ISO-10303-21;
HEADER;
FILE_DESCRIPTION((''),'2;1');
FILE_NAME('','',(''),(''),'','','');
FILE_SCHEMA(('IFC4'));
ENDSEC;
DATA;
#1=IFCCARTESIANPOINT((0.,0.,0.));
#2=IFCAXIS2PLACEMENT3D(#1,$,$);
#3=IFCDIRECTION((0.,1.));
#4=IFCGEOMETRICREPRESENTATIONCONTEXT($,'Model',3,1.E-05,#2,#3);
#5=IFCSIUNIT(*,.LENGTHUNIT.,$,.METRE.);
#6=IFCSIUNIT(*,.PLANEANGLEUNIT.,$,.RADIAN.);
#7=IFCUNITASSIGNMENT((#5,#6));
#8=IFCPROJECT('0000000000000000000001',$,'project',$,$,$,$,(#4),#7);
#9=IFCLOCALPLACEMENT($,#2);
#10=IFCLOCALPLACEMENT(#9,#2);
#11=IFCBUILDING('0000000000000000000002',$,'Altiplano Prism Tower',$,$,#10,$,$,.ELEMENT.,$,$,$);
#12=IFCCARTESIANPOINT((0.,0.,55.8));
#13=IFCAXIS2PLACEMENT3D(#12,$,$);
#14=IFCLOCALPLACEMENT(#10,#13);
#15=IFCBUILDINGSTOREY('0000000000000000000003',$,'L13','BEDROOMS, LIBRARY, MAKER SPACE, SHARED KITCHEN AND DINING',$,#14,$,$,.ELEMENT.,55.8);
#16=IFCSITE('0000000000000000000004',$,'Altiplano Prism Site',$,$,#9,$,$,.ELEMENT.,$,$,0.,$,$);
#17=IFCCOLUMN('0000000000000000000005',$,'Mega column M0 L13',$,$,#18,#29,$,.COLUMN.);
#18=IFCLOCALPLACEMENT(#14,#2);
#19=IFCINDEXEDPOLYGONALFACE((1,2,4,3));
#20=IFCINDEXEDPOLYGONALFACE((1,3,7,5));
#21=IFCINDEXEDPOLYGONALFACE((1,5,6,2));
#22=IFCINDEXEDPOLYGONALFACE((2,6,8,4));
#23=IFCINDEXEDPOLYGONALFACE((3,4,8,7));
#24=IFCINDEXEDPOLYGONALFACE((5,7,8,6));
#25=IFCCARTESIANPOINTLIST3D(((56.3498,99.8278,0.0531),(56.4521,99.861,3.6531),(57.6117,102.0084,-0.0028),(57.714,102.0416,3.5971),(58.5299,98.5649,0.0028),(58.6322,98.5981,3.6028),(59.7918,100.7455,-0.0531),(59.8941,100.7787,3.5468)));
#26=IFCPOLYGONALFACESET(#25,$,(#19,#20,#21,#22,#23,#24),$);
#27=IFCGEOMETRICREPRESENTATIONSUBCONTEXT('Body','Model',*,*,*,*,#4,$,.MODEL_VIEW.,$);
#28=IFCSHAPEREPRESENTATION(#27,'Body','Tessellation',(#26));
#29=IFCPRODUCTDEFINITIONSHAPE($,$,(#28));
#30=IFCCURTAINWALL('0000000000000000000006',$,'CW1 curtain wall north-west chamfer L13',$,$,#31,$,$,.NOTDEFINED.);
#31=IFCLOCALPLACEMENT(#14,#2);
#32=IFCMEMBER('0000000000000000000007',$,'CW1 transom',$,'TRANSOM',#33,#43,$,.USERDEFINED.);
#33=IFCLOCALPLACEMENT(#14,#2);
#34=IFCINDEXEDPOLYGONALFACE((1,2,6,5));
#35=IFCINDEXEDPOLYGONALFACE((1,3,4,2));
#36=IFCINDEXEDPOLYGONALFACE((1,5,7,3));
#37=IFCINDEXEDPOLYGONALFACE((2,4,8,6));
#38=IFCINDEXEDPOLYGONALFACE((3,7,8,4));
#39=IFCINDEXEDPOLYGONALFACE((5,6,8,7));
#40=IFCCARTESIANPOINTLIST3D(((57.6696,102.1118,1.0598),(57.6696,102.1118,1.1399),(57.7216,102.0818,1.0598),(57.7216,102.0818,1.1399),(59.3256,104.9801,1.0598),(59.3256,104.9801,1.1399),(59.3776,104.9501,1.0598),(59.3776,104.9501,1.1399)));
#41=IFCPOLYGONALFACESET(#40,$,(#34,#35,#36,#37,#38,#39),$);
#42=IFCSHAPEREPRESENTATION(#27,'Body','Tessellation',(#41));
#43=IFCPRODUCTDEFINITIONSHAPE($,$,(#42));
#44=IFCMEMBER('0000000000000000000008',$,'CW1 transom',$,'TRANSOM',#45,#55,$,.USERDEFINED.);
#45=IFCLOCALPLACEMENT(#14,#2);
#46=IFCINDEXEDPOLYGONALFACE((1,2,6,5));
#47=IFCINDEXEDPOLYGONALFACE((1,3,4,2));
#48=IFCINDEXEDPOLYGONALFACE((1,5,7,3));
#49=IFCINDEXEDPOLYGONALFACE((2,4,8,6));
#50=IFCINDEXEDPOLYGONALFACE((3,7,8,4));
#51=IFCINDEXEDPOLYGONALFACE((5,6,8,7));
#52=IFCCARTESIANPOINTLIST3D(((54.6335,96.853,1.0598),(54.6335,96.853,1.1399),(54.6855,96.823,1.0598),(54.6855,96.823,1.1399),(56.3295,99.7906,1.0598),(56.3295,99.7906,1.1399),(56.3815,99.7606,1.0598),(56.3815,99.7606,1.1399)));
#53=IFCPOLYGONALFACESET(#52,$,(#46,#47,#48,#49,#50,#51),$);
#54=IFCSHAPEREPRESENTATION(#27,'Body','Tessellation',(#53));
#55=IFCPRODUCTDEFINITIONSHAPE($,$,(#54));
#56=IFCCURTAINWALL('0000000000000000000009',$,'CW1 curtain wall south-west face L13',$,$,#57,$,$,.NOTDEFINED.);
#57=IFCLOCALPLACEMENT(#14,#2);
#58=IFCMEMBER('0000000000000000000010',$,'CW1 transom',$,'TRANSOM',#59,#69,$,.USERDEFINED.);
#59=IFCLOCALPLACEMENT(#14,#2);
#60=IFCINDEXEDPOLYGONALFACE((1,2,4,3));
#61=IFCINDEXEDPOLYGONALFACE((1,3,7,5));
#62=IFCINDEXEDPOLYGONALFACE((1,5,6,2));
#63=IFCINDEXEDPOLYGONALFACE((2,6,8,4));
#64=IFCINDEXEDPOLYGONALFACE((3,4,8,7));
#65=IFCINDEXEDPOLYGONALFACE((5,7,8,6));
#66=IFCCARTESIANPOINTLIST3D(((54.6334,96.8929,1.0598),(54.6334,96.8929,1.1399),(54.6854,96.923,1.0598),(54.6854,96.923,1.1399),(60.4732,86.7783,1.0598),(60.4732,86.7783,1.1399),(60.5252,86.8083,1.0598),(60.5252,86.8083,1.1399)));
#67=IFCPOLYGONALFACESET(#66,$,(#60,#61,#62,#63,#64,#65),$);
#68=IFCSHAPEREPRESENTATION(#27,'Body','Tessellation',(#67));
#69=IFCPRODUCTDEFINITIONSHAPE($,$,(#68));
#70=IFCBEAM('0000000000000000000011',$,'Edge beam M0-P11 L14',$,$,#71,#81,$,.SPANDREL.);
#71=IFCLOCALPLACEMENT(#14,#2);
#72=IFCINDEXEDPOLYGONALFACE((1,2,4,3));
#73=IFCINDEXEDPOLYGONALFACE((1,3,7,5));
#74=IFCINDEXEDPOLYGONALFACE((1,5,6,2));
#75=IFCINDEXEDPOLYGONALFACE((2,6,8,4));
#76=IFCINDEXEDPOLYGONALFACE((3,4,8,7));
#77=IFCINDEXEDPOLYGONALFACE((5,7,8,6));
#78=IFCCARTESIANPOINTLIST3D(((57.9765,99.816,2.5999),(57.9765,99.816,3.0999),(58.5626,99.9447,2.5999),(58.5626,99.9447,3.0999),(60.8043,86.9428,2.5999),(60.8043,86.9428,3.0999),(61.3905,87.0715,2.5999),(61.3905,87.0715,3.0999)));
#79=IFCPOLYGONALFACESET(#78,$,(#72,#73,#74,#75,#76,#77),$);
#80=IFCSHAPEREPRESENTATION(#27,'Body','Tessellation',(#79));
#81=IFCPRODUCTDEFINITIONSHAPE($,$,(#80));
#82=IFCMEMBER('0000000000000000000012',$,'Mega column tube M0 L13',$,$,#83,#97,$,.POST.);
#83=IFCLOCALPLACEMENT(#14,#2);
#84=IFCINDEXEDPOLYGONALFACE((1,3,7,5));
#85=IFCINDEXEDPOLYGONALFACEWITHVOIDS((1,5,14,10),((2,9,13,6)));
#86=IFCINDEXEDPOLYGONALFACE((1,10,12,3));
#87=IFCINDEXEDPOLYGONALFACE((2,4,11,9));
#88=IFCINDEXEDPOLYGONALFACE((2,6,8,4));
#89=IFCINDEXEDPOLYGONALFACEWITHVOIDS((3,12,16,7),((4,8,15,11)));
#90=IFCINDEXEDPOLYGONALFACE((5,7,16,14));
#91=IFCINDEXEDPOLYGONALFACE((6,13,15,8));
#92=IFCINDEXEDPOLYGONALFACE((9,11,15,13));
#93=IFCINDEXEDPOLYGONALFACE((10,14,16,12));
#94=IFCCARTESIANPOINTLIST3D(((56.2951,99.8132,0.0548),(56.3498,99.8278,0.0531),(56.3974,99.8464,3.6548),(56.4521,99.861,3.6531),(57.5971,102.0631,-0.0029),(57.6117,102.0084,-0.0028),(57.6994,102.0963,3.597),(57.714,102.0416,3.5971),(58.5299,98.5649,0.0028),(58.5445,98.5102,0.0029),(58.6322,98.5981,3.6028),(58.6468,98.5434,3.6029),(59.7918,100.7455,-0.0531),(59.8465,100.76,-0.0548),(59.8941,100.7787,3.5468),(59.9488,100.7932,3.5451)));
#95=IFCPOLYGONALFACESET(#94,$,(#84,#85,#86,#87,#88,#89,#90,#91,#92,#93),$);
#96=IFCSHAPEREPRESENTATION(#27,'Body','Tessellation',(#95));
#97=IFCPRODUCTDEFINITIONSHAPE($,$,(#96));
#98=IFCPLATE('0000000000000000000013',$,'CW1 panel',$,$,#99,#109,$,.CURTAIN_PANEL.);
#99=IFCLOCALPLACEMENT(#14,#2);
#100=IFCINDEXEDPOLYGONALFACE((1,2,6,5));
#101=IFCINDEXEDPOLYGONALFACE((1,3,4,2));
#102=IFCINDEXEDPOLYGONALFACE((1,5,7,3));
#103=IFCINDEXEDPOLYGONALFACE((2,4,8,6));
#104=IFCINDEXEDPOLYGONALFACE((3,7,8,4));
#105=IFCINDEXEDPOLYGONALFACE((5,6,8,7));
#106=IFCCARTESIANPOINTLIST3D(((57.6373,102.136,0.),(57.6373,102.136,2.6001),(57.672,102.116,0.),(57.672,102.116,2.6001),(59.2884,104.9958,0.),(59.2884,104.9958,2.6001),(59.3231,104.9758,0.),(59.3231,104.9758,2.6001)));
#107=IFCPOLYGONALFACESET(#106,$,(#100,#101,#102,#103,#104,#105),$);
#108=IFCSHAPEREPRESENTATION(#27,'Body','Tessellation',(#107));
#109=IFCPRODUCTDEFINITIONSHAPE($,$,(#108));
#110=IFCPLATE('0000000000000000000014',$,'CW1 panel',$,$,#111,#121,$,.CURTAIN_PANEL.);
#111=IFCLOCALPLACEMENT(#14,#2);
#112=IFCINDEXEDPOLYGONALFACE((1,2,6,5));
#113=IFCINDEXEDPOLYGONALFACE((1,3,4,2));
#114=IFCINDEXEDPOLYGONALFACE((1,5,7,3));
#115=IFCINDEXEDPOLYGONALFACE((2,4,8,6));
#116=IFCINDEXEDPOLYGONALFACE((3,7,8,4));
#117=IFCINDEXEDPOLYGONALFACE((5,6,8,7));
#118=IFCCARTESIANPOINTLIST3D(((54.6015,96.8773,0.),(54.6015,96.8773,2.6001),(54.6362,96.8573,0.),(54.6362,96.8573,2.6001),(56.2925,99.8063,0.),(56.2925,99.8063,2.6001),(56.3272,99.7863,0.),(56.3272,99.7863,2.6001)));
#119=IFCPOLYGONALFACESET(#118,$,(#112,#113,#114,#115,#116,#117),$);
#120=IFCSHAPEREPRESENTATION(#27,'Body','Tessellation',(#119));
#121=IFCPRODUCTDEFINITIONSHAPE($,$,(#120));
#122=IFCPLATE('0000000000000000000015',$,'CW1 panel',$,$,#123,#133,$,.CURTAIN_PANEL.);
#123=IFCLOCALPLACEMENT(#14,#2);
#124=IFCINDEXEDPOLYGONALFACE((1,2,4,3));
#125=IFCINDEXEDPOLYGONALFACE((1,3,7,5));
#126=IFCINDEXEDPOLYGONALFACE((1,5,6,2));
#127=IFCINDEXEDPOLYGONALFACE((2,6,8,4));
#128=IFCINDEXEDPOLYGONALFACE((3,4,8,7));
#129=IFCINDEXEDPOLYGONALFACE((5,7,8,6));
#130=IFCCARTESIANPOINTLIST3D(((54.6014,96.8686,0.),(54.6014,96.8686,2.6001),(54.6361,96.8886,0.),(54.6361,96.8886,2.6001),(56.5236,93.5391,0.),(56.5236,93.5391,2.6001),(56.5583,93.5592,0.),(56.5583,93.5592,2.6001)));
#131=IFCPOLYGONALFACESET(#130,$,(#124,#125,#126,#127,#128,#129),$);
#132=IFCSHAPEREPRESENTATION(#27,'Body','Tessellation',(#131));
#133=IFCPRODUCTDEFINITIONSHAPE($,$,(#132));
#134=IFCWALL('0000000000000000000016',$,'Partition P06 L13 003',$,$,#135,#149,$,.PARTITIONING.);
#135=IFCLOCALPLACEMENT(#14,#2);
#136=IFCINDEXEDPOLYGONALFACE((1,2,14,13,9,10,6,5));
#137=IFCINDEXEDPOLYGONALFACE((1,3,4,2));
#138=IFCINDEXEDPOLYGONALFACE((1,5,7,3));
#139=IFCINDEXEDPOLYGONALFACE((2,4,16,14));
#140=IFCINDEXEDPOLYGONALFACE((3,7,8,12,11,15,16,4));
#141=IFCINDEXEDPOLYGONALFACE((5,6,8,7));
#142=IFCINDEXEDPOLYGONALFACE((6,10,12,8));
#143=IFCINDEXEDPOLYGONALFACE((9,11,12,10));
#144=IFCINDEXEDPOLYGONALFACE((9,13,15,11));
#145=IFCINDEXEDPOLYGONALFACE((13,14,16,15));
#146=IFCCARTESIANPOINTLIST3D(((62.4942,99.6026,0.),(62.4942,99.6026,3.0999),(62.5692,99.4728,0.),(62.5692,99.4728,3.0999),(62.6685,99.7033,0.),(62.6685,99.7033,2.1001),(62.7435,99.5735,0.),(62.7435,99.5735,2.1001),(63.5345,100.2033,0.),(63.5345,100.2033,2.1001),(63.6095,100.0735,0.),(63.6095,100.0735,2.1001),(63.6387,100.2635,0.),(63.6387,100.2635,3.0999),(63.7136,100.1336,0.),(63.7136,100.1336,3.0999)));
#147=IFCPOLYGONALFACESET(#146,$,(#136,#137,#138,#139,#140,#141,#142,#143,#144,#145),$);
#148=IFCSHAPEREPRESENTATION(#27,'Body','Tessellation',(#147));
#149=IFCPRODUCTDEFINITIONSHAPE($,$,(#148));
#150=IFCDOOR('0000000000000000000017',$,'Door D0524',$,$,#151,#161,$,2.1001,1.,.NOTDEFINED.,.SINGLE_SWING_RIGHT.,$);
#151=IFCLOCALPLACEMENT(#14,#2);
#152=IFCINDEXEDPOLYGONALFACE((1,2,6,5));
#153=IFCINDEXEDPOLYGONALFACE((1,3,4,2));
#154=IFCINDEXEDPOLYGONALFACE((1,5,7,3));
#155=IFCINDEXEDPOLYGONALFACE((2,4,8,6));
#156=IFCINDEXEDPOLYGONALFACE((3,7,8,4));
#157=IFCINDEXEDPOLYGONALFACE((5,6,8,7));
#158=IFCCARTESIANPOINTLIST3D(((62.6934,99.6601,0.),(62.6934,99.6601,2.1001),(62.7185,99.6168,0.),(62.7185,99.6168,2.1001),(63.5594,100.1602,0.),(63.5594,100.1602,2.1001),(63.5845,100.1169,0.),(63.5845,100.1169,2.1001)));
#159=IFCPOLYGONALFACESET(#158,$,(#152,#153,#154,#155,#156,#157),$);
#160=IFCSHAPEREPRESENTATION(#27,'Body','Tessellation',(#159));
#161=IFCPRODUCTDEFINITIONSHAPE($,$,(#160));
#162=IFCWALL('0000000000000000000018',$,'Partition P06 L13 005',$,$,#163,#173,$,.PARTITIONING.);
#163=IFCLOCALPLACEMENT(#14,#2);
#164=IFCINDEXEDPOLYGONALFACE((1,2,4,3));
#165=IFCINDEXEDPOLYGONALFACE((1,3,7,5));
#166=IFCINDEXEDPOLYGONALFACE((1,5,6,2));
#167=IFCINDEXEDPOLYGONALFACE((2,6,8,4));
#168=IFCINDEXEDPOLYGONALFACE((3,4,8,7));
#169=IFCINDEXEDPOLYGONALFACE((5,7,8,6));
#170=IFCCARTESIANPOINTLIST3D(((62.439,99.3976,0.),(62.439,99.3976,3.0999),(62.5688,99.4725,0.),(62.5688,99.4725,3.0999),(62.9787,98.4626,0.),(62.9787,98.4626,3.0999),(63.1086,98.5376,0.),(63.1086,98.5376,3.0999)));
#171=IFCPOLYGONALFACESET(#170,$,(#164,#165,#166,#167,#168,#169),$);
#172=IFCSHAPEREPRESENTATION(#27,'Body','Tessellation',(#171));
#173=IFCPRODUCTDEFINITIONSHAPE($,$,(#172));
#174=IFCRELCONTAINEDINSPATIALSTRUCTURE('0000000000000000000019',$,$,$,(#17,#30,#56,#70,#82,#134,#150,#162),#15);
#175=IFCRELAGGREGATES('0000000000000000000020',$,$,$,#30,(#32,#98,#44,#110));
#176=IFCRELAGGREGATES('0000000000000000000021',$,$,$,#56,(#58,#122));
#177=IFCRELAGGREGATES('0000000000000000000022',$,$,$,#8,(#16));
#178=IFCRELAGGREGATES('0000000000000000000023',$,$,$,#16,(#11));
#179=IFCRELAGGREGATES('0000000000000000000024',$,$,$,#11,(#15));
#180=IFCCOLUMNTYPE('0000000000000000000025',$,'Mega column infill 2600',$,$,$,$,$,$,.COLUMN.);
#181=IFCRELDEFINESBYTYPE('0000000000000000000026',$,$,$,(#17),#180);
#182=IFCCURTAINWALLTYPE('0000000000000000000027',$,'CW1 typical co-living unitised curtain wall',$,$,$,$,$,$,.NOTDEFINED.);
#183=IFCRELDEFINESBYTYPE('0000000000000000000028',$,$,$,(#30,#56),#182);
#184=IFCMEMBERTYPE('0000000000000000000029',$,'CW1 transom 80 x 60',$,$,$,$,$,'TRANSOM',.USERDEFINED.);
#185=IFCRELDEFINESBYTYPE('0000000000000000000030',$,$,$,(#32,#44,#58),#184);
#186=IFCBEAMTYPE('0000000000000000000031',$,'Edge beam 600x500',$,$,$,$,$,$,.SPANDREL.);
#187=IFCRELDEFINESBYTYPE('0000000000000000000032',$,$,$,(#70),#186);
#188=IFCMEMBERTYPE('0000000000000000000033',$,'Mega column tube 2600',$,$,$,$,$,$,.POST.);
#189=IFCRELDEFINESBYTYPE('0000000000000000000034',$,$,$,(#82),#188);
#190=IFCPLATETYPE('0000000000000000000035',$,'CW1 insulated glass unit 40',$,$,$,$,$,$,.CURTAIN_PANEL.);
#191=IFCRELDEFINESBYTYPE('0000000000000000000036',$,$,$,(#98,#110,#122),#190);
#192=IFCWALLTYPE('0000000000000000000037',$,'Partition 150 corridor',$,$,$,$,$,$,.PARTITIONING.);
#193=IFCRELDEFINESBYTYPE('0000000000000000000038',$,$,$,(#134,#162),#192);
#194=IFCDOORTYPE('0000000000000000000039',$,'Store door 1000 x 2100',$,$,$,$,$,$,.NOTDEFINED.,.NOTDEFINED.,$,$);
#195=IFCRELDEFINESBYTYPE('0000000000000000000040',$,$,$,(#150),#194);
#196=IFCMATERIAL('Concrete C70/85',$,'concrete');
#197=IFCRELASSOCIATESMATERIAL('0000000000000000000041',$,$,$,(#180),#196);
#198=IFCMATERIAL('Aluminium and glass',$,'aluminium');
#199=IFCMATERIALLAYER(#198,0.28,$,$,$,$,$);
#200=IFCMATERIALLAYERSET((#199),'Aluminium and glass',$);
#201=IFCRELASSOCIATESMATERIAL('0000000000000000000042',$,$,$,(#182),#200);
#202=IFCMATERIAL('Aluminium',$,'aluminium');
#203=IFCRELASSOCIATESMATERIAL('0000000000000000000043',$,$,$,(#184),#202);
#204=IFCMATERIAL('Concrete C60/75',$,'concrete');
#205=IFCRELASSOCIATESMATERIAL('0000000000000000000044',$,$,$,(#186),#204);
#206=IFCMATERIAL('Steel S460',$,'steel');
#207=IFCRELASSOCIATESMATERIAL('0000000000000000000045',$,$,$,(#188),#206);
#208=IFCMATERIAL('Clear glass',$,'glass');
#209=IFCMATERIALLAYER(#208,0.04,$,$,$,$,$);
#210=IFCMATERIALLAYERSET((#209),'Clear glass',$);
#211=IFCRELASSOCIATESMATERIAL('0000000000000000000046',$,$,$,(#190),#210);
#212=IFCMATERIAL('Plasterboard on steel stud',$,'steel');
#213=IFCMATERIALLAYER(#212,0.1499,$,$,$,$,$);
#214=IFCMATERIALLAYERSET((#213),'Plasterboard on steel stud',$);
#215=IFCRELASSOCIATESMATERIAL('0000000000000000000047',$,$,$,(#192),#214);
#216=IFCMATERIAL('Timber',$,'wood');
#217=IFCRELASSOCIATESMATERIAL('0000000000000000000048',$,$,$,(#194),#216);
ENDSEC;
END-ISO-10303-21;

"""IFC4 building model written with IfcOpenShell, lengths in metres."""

from ifc_helpers import new_model, si_unit, direction, frame, frame_2d, origin, origin_2d, place, context, subcontext, project, spatial, rectangle, hollow_rectangle, extrude, material, layer, layer_set, material_profile, profile_set, type_object, element, fill, aggregate, save


model = new_model("IFC4")

# Units and contexts
model_context = context("Model", 3, precision=1e-05, world=origin(), true_north=direction((0.0, 1.0)))
body_context = subcontext(model_context, "Body", "Model", "MODEL_VIEW")
ifc_project = project(units=[si_unit("LENGTHUNIT", "METRE"), si_unit("PLANEANGLEUNIT", "RADIAN")], contexts=[model_context])

# Site, building, storey
site_placement = place(None, origin())
site = spatial("IfcSite", under=ifc_project, at=site_placement, Name="Altiplano Prism Site", CompositionType="ELEMENT", RefElevation=0.0)
building_placement = place(site_placement, origin())
building = spatial("IfcBuilding", under=site, at=building_placement, Name="Altiplano Prism Tower", CompositionType="ELEMENT")
storey_placement = place(building_placement, frame((0.0, 0.0, 55.8)))
storey = spatial("IfcBuildingStorey", under=building, at=storey_placement, Name="L13", Description="BEDROOMS, LIBRARY, MAKER SPACE, SHARED KITCHEN AND DINING", CompositionType="ELEMENT", Elevation=55.8)

# Column
ifc_material_1 = material(Name="Concrete C70/85", Category="concrete")
ifc_material_profile_1 = material_profile(ifc_material_1, rectangle(XDim=2.52, YDim=2.52, at=origin_2d()), Name="Mega column infill 2600")
ifc_profile_set_1 = profile_set([ifc_material_profile_1], Name="Concrete C70/85")
column_type = type_object("IfcColumnType", Name="Mega column infill 2600", PredefinedType="COLUMN", material=ifc_profile_set_1)
column_placement = place(storey_placement, frame((58.0708, 100.2866, 0.0), z_axis=(0.028404, 0.009219, 0.999554), x_axis=(-0.865127, 0.501155, 0.019961)))
element("IfcColumn", 1, at=column_placement, inside=storey, type_object=column_type, Name="Mega column M0 L13", PredefinedType="COLUMN", context=body_context, shape_type="SweptSolid", body=[
    extrude(rectangle(XDim=2.52, YDim=2.52, at=origin_2d()), origin(), (0.0, 0.0, 1.0), 3.6016),
])

# Curtain wall, members
ifc_material_2 = material(Name="Aluminium and glass", Category="aluminium")
ifc_layer_1 = layer(ifc_material_2, 0.28)
ifc_layer_set_1 = layer_set([ifc_layer_1], Name="Aluminium and glass")
curtain_wall_type = type_object("IfcCurtainWallType", Name="CW1 typical co-living unitised curtain wall", PredefinedType="NOTDEFINED", material=ifc_layer_set_1)
curtain_wall_1_placement = place(storey_placement, origin())
curtain_wall_1 = element("IfcCurtainWall", 2, at=curtain_wall_1_placement, inside=storey, type_object=curtain_wall_type, Name="CW1 curtain wall north-west chamfer L13", PredefinedType="NOTDEFINED")
ifc_material_3 = material(Name="Aluminium", Category="aluminium")
ifc_material_profile_2 = material_profile(ifc_material_3, rectangle(XDim=0.0601, YDim=0.0801, at=origin_2d()), Name="CW1 transom 80 x 60")
ifc_profile_set_2 = profile_set([ifc_material_profile_2], Name="Aluminium")
member_type_1 = type_object("IfcMemberType", Name="CW1 transom 80 x 60", ElementType="TRANSOM", PredefinedType="USERDEFINED", material=ifc_profile_set_2)
member_1_placement = place(storey_placement, frame((59.3516, 104.9651, 1.0999), z_axis=(-0.499984, -0.866035, 0.0), x_axis=(0.866035, -0.499984, 0.0)))
member_1 = element("IfcMember", 3, at=member_1_placement, type_object=member_type_1, Name="CW1 transom", ObjectType="TRANSOM", PredefinedType="USERDEFINED", context=body_context, shape_type="SweptSolid", body=[
    extrude(rectangle(XDim=0.0601, YDim=0.0801, at=origin_2d()), origin(), (0.0, 0.0, 1.0), 3.312),
])
member_2_placement = place(storey_placement, frame((56.3555, 99.7756, 1.0999), z_axis=(-0.499986, -0.866033, 0.0), x_axis=(0.866033, -0.499986, 0.0)))
member_2 = element("IfcMember", 4, at=member_2_placement, type_object=member_type_1, Name="CW1 transom", ObjectType="TRANSOM", PredefinedType="USERDEFINED", context=body_context, shape_type="SweptSolid", body=[
    extrude(rectangle(XDim=0.0601, YDim=0.0801, at=origin_2d()), origin(), (0.0, 0.0, 1.0), 3.3921),
])

# Curtain wall, member
curtain_wall_2_placement = place(storey_placement, origin())
curtain_wall_2 = element("IfcCurtainWall", 5, at=curtain_wall_2_placement, inside=storey, type_object=curtain_wall_type, Name="CW1 curtain wall south-west face L13", PredefinedType="NOTDEFINED")
member_3_placement = place(storey_placement, frame((54.6594, 96.908, 1.0999), z_axis=(0.500006, -0.866022, 0.0), x_axis=(0.866022, 0.500006, 0.0)))
member_3 = element("IfcMember", 6, at=member_3_placement, type_object=member_type_1, Name="CW1 transom", ObjectType="TRANSOM", PredefinedType="USERDEFINED", context=body_context, shape_type="SweptSolid", body=[
    extrude(rectangle(XDim=0.0601, YDim=0.0801, at=origin_2d()), origin(), (0.0, 0.0, 1.0), 11.6794),
])

# Beam
ifc_material_4 = material(Name="Concrete C60/75", Category="concrete")
ifc_material_profile_3 = material_profile(ifc_material_4, rectangle(XDim=0.6001, YDim=0.5, at=origin_2d()), Name="Edge beam 600x500")
ifc_profile_set_3 = profile_set([ifc_material_profile_3], Name="Concrete C60/75")
beam_type = type_object("IfcBeamType", Name="Edge beam 600x500", PredefinedType="SPANDREL", material=ifc_profile_set_3)
beam_placement = place(storey_placement, frame((58.2695, 99.8804, 2.8499), z_axis=(0.214555, -0.976712, 0.0), x_axis=(0.976712, 0.214555, 0.0)))
element("IfcBeam", 7, at=beam_placement, inside=storey, type_object=beam_type, Name="Edge beam M0-P11 L14", PredefinedType="SPANDREL", context=body_context, shape_type="SweptSolid", body=[
    extrude(rectangle(XDim=0.6001, YDim=0.5, at=origin_2d()), origin(), (0.0, 0.0, 1.0), 13.1802),
])

# Member
ifc_material_5 = material(Name="Steel S460", Category="steel")
ifc_material_profile_4 = material_profile(ifc_material_5, hollow_rectangle(XDim=2.6001, YDim=2.6001, WallThickness=0.04, at=origin_2d()), Name="Mega column tube 2600")
ifc_profile_set_4 = profile_set([ifc_material_profile_4], Name="Steel S460")
member_type_2 = type_object("IfcMemberType", Name="Mega column tube 2600", PredefinedType="POST", material=ifc_profile_set_4)
member_4_placement = place(storey_placement, frame((58.0708, 100.2866, 0.0), z_axis=(0.028404, 0.009219, 0.999554), x_axis=(-0.865127, 0.501155, 0.019961)))
element("IfcMember", 8, at=member_4_placement, inside=storey, type_object=member_type_2, Name="Mega column tube M0 L13", PredefinedType="POST", context=body_context, shape_type="SweptSolid", body=[
    extrude(hollow_rectangle(XDim=2.6001, YDim=2.6001, WallThickness=0.04, at=origin_2d()), origin(), (0.0, 0.0, 1.0), 3.6016),
])

# Plates
ifc_material_6 = material(Name="Clear glass", Category="glass")
ifc_layer_2 = layer(ifc_material_6, 0.04)
ifc_layer_set_2 = layer_set([ifc_layer_2], Name="Clear glass")
plate_type = type_object("IfcPlateType", Name="CW1 insulated glass unit 40", PredefinedType="CURTAIN_PANEL", material=ifc_layer_set_2)
plate_1_placement = place(storey_placement, frame((58.4802, 103.5559, 0.0), z_axis=(0.0, 0.0, 1.0), x_axis=(-0.5, -0.866025, 0.0)))
plate_1 = element("IfcPlate", 9, at=plate_1_placement, type_object=plate_type, Name="CW1 panel", PredefinedType="CURTAIN_PANEL", context=body_context, shape_type="SweptSolid", body=[
    extrude(rectangle(XDim=3.3022, YDim=0.04, at=origin_2d()), origin(), (0.0, 0.0, 1.0), 2.6001),
])
plate_2_placement = place(storey_placement, frame((55.4644, 98.3318, 0.0), z_axis=(0.0, 0.0, 1.0), x_axis=(-0.5, -0.866025, 0.0)))
plate_2 = element("IfcPlate", 10, at=plate_2_placement, type_object=plate_type, Name="CW1 panel", PredefinedType="CURTAIN_PANEL", context=body_context, shape_type="SweptSolid", body=[
    extrude(rectangle(XDim=3.3821, YDim=0.04, at=origin_2d()), origin(), (0.0, 0.0, 1.0), 2.6001),
])
aggregate(curtain_wall_1, [member_1, plate_1, member_2, plate_2])
plate_3_placement = place(storey_placement, frame((55.5798, 95.2139, 0.0), z_axis=(0.0, 0.0, 1.0), x_axis=(0.5, -0.866025, 0.0)))
plate_3 = element("IfcPlate", 11, at=plate_3_placement, type_object=plate_type, Name="CW1 panel", PredefinedType="CURTAIN_PANEL", context=body_context, shape_type="SweptSolid", body=[
    extrude(rectangle(XDim=3.8445, YDim=0.04, at=origin_2d()), origin(), (0.0, 0.0, 1.0), 2.6001),
])
aggregate(curtain_wall_2, [member_3, plate_3])

# Wall, opening, door
ifc_material_7 = material(Name="Plasterboard on steel stud", Category="steel")
ifc_layer_3 = layer(ifc_material_7, 0.1499)
ifc_layer_set_3 = layer_set([ifc_layer_3], Name="Plasterboard on steel stud")
wall_type_1 = type_object("IfcWallType", Name="Partition 150 corridor", PredefinedType="PARTITIONING", material=ifc_layer_set_3)
wall_1_placement = place(storey_placement, frame((63.676, 100.1985, 0.0), z_axis=(0.0, 0.0, 1.0), x_axis=(-0.865995, -0.500053, 0.0)))
wall_1 = element("IfcWall", 12, at=wall_1_placement, inside=storey, type_object=wall_type_1, Name="Partition P06 L13 003", PredefinedType="PARTITIONING", context=body_context, shape_type="SweptSolid", body=[
    extrude(rectangle(XDim=1.3215, YDim=0.1499, at=frame_2d((0.6606, 0.0))), origin(), (0.0, 0.0, 1.0), 3.0999),
])
opening_1_placement = place(wall_1_placement, frame((0.1201, 0.0, 0.0)))
opening_1 = element("IfcOpeningElement", 13, at=opening_1_placement, cuts=wall_1, PredefinedType="OPENING", context=body_context, shape_type="SweptSolid", body=[
    extrude(rectangle(XDim=1.0, YDim=2.1001, at=frame_2d((0.5, 1.05))), frame((0.0, 0.0854, 0.0), z_axis=(0.0, -1.0, 0.0), x_axis=(1.0, 0.0, 0.0)), (0.0, 0.0, 1.0), 0.1709),
])
ifc_material_8 = material(Name="Timber", Category="wood")
door_type_1 = type_object("IfcDoorType", Name="Store door 1000 x 2100", OperationType="NOTDEFINED", PredefinedType="NOTDEFINED", material=ifc_material_8)
door_1_placement = place(opening_1_placement, origin())
door_1 = element("IfcDoor", 14, at=door_1_placement, inside=storey, type_object=door_type_1, Name="Door D0524", OperationType="SINGLE_SWING_RIGHT", OverallHeight=2.1001, OverallWidth=1.0, PredefinedType="NOTDEFINED", context=body_context, shape_type="SweptSolid", body=[
    extrude(rectangle(XDim=1.0, YDim=2.1001, at=frame_2d((0.5, 1.05))), frame((0.0, 0.0249, 0.0), z_axis=(0.0, -1.0, 0.0), x_axis=(1.0, 0.0, 0.0)), (0.0, 0.0, 1.0), 0.05),
])
fill(opening_1, door_1)

# Wall
wall_2_placement = place(storey_placement, frame((62.5039, 99.4351, 0.0), z_axis=(0.0, 0.0, 1.0), x_axis=(0.499957, -0.86605, 0.0)))
element("IfcWall", 15, at=wall_2_placement, inside=storey, type_object=wall_type_1, Name="Partition P06 L13 005", PredefinedType="PARTITIONING", context=body_context, shape_type="SweptSolid", body=[
    extrude(rectangle(XDim=1.0796, YDim=0.1499, at=frame_2d((0.5398, 0.0))), origin(), (0.0, 0.0, 1.0), 3.0999),
])

save(model, "model.ifc")
